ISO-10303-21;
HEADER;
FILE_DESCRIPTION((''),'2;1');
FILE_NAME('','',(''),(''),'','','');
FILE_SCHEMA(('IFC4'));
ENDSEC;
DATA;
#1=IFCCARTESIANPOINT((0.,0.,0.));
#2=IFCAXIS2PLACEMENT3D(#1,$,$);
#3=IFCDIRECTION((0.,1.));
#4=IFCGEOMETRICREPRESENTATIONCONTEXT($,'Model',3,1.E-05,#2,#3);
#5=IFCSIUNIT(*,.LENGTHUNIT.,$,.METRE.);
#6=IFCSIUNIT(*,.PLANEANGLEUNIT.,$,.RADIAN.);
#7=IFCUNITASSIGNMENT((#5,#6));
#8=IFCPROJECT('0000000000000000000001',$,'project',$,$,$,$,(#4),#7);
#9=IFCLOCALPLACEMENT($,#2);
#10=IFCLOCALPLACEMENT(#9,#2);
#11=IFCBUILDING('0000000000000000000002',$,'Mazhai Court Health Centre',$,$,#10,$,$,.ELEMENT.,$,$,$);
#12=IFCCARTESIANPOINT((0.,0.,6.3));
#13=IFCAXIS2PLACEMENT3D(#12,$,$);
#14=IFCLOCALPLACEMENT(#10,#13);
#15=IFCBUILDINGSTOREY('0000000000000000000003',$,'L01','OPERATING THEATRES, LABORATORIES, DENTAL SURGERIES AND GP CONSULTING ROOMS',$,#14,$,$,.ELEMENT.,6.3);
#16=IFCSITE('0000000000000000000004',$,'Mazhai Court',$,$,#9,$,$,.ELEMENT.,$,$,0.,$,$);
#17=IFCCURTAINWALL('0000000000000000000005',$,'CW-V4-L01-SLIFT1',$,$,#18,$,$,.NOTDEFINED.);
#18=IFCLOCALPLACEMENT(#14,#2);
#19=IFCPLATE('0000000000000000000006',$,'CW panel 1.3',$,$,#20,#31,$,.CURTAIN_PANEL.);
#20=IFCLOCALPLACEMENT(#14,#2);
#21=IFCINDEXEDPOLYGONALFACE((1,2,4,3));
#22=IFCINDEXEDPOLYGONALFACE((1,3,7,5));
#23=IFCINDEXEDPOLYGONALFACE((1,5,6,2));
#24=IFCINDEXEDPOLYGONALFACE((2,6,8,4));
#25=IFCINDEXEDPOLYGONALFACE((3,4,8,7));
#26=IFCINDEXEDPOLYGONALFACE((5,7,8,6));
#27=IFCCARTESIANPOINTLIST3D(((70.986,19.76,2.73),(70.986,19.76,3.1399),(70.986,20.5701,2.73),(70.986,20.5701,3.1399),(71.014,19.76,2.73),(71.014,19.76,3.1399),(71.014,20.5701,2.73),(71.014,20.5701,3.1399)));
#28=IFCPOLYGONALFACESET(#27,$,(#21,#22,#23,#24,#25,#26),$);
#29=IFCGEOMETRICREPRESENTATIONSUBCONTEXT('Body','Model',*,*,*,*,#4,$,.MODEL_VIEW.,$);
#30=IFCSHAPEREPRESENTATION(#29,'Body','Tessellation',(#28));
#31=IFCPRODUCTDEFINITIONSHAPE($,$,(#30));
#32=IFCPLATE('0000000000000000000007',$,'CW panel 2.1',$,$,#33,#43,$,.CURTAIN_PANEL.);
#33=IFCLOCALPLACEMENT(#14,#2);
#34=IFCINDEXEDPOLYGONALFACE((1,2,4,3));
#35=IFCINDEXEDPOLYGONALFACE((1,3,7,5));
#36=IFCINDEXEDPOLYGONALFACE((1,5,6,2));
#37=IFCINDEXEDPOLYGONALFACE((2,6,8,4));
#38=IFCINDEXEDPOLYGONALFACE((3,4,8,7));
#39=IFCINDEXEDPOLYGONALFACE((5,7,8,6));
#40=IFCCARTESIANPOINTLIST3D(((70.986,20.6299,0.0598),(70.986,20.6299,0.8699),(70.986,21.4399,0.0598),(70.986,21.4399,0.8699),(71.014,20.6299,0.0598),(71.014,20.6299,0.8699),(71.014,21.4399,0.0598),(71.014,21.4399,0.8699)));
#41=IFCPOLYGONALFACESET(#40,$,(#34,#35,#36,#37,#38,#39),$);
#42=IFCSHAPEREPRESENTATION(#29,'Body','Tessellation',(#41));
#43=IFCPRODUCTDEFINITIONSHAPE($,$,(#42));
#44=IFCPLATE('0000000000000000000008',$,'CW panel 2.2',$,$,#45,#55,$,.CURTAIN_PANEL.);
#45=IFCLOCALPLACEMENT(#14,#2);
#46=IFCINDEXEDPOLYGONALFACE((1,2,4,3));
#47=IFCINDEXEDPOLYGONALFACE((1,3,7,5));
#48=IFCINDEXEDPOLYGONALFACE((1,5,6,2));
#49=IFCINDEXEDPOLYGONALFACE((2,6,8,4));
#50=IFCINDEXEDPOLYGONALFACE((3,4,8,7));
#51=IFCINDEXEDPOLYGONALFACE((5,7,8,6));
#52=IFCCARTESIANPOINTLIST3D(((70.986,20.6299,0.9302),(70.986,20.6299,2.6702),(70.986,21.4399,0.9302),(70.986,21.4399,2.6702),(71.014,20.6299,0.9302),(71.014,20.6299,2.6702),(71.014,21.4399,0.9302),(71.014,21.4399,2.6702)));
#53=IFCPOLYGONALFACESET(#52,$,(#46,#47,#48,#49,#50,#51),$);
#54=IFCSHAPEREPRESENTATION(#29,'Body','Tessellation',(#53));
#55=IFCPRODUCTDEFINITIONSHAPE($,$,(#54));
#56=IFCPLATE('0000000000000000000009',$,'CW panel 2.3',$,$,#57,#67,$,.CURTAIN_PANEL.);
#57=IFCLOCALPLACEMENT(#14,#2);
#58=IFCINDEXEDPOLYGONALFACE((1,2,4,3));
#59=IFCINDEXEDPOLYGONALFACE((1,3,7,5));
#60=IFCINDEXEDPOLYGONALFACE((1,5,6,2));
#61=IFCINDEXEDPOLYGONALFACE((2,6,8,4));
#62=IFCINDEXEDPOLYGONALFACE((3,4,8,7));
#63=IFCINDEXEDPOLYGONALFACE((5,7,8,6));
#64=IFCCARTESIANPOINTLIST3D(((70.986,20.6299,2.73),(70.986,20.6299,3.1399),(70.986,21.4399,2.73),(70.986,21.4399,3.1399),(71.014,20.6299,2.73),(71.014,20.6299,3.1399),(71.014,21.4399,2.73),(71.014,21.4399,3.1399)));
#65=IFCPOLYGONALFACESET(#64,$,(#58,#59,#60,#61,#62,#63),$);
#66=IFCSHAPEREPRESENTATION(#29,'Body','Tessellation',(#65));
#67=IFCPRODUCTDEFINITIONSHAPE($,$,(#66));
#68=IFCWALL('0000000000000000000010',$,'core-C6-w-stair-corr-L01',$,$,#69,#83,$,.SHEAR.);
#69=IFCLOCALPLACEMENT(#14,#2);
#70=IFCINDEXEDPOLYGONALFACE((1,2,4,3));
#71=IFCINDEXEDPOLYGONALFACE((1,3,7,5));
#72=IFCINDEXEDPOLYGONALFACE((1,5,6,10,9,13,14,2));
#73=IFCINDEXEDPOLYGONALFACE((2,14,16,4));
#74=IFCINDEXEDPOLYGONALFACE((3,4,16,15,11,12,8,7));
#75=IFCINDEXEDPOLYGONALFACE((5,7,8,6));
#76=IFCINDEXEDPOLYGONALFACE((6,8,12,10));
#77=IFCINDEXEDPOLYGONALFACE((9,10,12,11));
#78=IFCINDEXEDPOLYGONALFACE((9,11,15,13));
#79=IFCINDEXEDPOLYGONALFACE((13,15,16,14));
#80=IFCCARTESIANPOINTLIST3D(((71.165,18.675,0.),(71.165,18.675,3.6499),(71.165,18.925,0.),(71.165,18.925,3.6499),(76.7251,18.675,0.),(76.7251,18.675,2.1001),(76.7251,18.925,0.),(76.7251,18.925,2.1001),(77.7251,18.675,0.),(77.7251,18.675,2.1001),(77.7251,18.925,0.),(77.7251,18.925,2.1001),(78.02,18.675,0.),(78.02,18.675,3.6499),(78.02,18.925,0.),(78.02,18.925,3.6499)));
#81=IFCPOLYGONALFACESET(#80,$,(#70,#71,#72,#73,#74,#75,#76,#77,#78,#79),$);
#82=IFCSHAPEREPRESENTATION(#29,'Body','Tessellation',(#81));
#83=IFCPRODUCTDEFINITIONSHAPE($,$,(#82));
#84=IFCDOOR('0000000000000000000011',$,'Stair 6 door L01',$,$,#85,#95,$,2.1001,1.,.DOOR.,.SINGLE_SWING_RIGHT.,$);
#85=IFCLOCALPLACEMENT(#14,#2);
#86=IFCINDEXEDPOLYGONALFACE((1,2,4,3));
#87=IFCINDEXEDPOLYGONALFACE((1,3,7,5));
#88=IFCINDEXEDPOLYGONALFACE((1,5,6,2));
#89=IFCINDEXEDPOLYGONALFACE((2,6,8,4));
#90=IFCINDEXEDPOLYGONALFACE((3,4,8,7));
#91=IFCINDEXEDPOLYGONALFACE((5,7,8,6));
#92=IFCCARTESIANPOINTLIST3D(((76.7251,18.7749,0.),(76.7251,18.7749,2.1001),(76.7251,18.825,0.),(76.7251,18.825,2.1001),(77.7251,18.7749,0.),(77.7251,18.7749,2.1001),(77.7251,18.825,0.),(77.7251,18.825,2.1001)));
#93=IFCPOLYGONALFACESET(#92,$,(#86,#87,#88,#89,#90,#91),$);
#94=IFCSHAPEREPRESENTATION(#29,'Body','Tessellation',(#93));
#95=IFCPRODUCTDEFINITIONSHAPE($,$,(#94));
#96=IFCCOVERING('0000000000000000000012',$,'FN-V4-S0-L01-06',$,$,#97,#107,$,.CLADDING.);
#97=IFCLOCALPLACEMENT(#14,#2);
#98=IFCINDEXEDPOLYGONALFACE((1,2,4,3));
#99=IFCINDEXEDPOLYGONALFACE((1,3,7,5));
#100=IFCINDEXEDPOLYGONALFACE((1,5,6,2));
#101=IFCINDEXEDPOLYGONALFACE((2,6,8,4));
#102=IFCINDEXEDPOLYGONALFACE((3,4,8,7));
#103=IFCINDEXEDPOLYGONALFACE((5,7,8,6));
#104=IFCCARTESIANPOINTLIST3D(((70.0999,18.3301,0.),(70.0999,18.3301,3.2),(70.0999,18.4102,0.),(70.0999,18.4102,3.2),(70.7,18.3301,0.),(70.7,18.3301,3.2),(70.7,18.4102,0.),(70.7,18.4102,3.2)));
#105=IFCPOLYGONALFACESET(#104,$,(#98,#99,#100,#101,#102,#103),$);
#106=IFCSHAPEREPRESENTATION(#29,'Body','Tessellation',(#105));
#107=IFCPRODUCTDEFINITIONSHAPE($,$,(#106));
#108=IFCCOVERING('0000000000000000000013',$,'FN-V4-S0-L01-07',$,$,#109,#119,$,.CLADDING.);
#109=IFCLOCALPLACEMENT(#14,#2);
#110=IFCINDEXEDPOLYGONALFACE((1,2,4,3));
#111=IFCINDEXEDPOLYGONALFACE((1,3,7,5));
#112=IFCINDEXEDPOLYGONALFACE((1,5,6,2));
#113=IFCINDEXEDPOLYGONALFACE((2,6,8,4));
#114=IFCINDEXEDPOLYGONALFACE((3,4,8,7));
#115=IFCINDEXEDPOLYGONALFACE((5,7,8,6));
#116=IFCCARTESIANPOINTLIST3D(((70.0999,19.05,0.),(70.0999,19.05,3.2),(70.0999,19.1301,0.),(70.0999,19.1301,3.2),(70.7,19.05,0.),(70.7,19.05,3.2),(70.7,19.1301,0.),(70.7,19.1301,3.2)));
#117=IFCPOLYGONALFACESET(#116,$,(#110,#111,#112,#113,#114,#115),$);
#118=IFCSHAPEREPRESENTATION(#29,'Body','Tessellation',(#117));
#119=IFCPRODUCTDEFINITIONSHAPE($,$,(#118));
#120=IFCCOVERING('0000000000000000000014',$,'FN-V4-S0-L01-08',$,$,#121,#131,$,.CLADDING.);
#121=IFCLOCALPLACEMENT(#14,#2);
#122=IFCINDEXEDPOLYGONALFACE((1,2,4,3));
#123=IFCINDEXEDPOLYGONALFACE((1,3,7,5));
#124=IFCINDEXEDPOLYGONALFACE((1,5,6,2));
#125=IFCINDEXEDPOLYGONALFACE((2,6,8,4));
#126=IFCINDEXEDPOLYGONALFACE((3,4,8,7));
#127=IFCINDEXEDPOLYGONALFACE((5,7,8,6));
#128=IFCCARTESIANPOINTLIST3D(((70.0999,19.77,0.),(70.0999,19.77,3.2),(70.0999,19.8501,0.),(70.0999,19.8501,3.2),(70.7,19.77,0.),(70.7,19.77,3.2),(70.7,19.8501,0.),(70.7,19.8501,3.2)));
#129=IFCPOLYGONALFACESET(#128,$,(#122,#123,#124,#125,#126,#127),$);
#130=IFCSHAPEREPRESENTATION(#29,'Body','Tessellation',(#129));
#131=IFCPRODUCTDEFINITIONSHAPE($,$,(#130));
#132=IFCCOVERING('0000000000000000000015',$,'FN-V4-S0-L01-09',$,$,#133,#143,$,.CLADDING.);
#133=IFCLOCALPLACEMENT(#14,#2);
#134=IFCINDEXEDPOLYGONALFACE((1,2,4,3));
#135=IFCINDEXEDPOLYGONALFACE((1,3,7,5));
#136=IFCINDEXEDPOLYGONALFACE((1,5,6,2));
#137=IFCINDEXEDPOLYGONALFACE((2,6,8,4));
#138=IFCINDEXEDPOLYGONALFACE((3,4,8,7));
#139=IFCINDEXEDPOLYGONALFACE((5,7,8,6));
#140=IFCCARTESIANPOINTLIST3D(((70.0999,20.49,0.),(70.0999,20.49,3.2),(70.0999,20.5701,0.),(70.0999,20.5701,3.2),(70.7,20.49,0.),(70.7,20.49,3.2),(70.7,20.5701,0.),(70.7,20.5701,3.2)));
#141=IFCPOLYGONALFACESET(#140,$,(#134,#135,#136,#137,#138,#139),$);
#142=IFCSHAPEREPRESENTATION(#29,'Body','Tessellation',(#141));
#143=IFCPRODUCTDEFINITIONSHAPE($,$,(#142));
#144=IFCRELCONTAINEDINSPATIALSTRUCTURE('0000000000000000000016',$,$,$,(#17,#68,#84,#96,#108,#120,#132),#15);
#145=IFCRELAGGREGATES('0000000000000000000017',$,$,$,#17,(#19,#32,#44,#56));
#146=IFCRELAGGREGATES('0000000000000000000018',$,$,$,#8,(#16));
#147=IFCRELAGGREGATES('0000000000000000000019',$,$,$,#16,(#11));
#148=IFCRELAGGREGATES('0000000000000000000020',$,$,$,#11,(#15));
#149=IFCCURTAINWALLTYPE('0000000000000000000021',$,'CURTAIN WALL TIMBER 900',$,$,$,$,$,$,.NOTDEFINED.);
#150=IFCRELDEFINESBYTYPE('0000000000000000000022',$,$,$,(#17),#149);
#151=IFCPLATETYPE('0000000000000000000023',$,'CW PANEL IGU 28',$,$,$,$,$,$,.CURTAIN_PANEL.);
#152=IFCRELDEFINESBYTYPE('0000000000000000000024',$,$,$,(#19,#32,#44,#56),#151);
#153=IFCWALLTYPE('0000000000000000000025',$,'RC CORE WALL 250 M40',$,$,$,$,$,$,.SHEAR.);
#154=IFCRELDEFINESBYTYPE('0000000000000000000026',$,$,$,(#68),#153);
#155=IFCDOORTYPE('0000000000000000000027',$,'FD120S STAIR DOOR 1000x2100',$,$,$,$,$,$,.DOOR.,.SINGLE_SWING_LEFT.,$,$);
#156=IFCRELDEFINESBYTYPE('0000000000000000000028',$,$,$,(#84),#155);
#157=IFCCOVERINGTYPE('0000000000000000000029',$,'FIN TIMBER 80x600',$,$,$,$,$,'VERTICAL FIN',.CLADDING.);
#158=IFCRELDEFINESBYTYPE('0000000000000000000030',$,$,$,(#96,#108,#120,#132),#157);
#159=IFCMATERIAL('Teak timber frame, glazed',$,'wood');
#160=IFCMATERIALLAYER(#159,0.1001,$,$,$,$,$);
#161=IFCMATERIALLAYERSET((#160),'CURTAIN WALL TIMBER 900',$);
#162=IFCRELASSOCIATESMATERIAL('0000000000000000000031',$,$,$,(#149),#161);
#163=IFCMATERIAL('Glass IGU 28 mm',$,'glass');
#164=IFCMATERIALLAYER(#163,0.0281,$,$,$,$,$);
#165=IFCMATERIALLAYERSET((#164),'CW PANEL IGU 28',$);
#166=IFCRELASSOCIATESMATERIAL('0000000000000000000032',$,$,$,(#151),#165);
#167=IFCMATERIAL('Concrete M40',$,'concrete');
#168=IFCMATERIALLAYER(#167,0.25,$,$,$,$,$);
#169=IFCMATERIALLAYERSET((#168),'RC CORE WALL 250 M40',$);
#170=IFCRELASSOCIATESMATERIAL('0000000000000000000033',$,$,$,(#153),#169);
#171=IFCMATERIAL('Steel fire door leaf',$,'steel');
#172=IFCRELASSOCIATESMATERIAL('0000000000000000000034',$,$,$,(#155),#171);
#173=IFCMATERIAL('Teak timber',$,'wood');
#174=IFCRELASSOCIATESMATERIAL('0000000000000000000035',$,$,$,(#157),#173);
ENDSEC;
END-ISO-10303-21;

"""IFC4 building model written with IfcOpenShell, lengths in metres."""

from ifc_helpers import new_model, si_unit, direction, frame, frame_2d, origin, origin_2d, place, context, subcontext, project, spatial, rectangle, extrude, material, layer, layer_set, type_object, element, fill, aggregate, save


model = new_model("IFC4")

# Units and contexts
model_context = context("Model", 3, precision=1e-05, world=origin(), true_north=direction((0.0, 1.0)))
body_context = subcontext(model_context, "Body", "Model", "MODEL_VIEW")
ifc_project = project(units=[si_unit("LENGTHUNIT", "METRE"), si_unit("PLANEANGLEUNIT", "RADIAN")], contexts=[model_context])

# Site, building, storey
site_placement = place(None, origin())
site = spatial("IfcSite", under=ifc_project, at=site_placement, Name="Mazhai Court", CompositionType="ELEMENT", RefElevation=0.0)
building_placement = place(site_placement, origin())
building = spatial("IfcBuilding", under=site, at=building_placement, Name="Mazhai Court Health Centre", CompositionType="ELEMENT")
storey_placement = place(building_placement, frame((0.0, 0.0, 6.3)))
storey = spatial("IfcBuildingStorey", under=building, at=storey_placement, Name="L01", Description="OPERATING THEATRES, LABORATORIES, DENTAL SURGERIES AND GP CONSULTING ROOMS", CompositionType="ELEMENT", Elevation=6.3)

# Curtain wall, plates
ifc_material_1 = material(Name="Teak timber frame, glazed", Category="wood")
ifc_layer_1 = layer(ifc_material_1, 0.1001)
ifc_layer_set_1 = layer_set([ifc_layer_1], Name="CURTAIN WALL TIMBER 900")
curtain_wall_type = type_object("IfcCurtainWallType", Name="CURTAIN WALL TIMBER 900", PredefinedType="NOTDEFINED", material=ifc_layer_set_1)
curtain_wall_placement = place(storey_placement, origin())
curtain_wall = element("IfcCurtainWall", 1, at=curtain_wall_placement, inside=storey, type_object=curtain_wall_type, Name="CW-V4-L01-SLIFT1", PredefinedType="NOTDEFINED")
ifc_material_2 = material(Name="Glass IGU 28 mm", Category="glass")
ifc_layer_2 = layer(ifc_material_2, 0.0281)
ifc_layer_set_2 = layer_set([ifc_layer_2], Name="CW PANEL IGU 28")
plate_type = type_object("IfcPlateType", Name="CW PANEL IGU 28", PredefinedType="CURTAIN_PANEL", material=ifc_layer_set_2)
plate_1_placement = place(storey_placement, frame((71.0, 20.165, 2.73), z_axis=(0.0, 0.0, 1.0), x_axis=(0.0, 1.0, 0.0)))
plate_1 = element("IfcPlate", 2, at=plate_1_placement, type_object=plate_type, Name="CW panel 1.3", PredefinedType="CURTAIN_PANEL", context=body_context, shape_type="SweptSolid", body=[
    extrude(rectangle(XDim=0.8101, YDim=0.0281, at=origin_2d()), origin(), (0.0, 0.0, 1.0), 0.4099),
])
plate_2_placement = place(storey_placement, frame((71.0, 21.0349, 0.0598), z_axis=(0.0, 0.0, 1.0), x_axis=(0.0, 1.0, 0.0)))
plate_2 = element("IfcPlate", 3, at=plate_2_placement, type_object=plate_type, Name="CW panel 2.1", PredefinedType="CURTAIN_PANEL", context=body_context, shape_type="SweptSolid", body=[
    extrude(rectangle(XDim=0.8101, YDim=0.0281, at=origin_2d()), origin(), (0.0, 0.0, 1.0), 0.8101),
])
plate_3_placement = place(storey_placement, frame((71.0, 21.0349, 0.9302), z_axis=(0.0, 0.0, 1.0), x_axis=(0.0, 1.0, 0.0)))
plate_3 = element("IfcPlate", 4, at=plate_3_placement, type_object=plate_type, Name="CW panel 2.2", PredefinedType="CURTAIN_PANEL", context=body_context, shape_type="SweptSolid", body=[
    extrude(rectangle(XDim=0.8101, YDim=0.0281, at=origin_2d()), origin(), (0.0, 0.0, 1.0), 1.74),
])
plate_4_placement = place(storey_placement, frame((71.0, 21.0349, 2.73), z_axis=(0.0, 0.0, 1.0), x_axis=(0.0, 1.0, 0.0)))
plate_4 = element("IfcPlate", 5, at=plate_4_placement, type_object=plate_type, Name="CW panel 2.3", PredefinedType="CURTAIN_PANEL", context=body_context, shape_type="SweptSolid", body=[
    extrude(rectangle(XDim=0.8101, YDim=0.0281, at=origin_2d()), origin(), (0.0, 0.0, 1.0), 0.4099),
])
aggregate(curtain_wall, [plate_1, plate_2, plate_3, plate_4])

# Wall, opening, door
ifc_material_3 = material(Name="Concrete M40", Category="concrete")
ifc_layer_3 = layer(ifc_material_3, 0.25)
ifc_layer_set_3 = layer_set([ifc_layer_3], Name="RC CORE WALL 250 M40")
wall_type = type_object("IfcWallType", Name="RC CORE WALL 250 M40", PredefinedType="SHEAR", material=ifc_layer_set_3)
wall_placement = place(storey_placement, frame((71.165, 18.8, 0.0), z_axis=(0.0, 0.0, 1.0), x_axis=(1.0, 0.0, 0.0)))
wall = element("IfcWall", 6, at=wall_placement, inside=storey, type_object=wall_type, Name="core-C6-w-stair-corr-L01", PredefinedType="SHEAR", context=body_context, shape_type="SweptSolid", body=[
    extrude(rectangle(XDim=6.855, YDim=0.25, at=frame_2d((3.4275, 0.0))), origin(), (0.0, 0.0, 1.0), 3.6499),
])
opening_placement = place(wall_placement, frame((5.5601, 0.0, 0.0)))
opening = element("IfcOpeningElement", 7, at=opening_placement, cuts=wall, PredefinedType="OPENING", context=body_context, shape_type="SweptSolid", body=[
    extrude(rectangle(XDim=1.0, YDim=2.1001, at=frame_2d((0.5, 1.05))), frame((0.0, 0.135, 0.0), z_axis=(0.0, -1.0, 0.0), x_axis=(1.0, 0.0, 0.0)), (0.0, 0.0, 1.0), 0.27),
])
ifc_material_4 = material(Name="Steel fire door leaf", Category="steel")
door_type = type_object("IfcDoorType", Name="FD120S STAIR DOOR 1000x2100", OperationType="SINGLE_SWING_LEFT", PredefinedType="DOOR", material=ifc_material_4)
door_placement = place(opening_placement, origin())
door = element("IfcDoor", 8, at=door_placement, inside=storey, type_object=door_type, Name="Stair 6 door L01", OperationType="SINGLE_SWING_RIGHT", OverallHeight=2.1001, OverallWidth=1.0, PredefinedType="DOOR", context=body_context, shape_type="SweptSolid", body=[
    extrude(rectangle(XDim=1.0, YDim=2.1001, at=frame_2d((0.5, 1.05))), frame((0.0, 0.0249, 0.0), z_axis=(0.0, -1.0, 0.0), x_axis=(1.0, 0.0, 0.0)), (0.0, 0.0, 1.0), 0.05),
])
fill(opening, door)

# Coverings
ifc_material_5 = material(Name="Teak timber", Category="wood")
covering_type = type_object("IfcCoveringType", Name="FIN TIMBER 80x600", ElementType="VERTICAL FIN", PredefinedType="CLADDING", material=ifc_material_5)
for number, where, z_axis, x_axis, name in (
    (9, (70.3999, 18.3701, 0.0), (0.0, 0.0, 1.0), (0.0, 1.0, 0.0), "FN-V4-S0-L01-06"),
    (10, (70.3999, 19.0901, 0.0), (0.0, 0.0, 1.0), (0.0, 1.0, 0.0), "FN-V4-S0-L01-07"),
    (11, (70.3999, 19.8101, 0.0), (0.0, 0.0, 1.0), (0.0, 1.0, 0.0), "FN-V4-S0-L01-08"),
    (12, (70.3999, 20.53, 0.0), (0.0, 0.0, 1.0), (0.0, 1.0, 0.0), "FN-V4-S0-L01-09"),
):
    element("IfcCovering", number, at=place(storey_placement, frame(where, z_axis=z_axis, x_axis=x_axis)), inside=storey, type_object=covering_type, Name=name, PredefinedType="CLADDING", context=body_context, shape_type="SweptSolid", body=[
        extrude(rectangle(XDim=0.0801, YDim=0.6001, at=origin_2d()), origin(), (0.0, 0.0, 1.0), 3.2),
    ])

save(model, "model.ifc")
